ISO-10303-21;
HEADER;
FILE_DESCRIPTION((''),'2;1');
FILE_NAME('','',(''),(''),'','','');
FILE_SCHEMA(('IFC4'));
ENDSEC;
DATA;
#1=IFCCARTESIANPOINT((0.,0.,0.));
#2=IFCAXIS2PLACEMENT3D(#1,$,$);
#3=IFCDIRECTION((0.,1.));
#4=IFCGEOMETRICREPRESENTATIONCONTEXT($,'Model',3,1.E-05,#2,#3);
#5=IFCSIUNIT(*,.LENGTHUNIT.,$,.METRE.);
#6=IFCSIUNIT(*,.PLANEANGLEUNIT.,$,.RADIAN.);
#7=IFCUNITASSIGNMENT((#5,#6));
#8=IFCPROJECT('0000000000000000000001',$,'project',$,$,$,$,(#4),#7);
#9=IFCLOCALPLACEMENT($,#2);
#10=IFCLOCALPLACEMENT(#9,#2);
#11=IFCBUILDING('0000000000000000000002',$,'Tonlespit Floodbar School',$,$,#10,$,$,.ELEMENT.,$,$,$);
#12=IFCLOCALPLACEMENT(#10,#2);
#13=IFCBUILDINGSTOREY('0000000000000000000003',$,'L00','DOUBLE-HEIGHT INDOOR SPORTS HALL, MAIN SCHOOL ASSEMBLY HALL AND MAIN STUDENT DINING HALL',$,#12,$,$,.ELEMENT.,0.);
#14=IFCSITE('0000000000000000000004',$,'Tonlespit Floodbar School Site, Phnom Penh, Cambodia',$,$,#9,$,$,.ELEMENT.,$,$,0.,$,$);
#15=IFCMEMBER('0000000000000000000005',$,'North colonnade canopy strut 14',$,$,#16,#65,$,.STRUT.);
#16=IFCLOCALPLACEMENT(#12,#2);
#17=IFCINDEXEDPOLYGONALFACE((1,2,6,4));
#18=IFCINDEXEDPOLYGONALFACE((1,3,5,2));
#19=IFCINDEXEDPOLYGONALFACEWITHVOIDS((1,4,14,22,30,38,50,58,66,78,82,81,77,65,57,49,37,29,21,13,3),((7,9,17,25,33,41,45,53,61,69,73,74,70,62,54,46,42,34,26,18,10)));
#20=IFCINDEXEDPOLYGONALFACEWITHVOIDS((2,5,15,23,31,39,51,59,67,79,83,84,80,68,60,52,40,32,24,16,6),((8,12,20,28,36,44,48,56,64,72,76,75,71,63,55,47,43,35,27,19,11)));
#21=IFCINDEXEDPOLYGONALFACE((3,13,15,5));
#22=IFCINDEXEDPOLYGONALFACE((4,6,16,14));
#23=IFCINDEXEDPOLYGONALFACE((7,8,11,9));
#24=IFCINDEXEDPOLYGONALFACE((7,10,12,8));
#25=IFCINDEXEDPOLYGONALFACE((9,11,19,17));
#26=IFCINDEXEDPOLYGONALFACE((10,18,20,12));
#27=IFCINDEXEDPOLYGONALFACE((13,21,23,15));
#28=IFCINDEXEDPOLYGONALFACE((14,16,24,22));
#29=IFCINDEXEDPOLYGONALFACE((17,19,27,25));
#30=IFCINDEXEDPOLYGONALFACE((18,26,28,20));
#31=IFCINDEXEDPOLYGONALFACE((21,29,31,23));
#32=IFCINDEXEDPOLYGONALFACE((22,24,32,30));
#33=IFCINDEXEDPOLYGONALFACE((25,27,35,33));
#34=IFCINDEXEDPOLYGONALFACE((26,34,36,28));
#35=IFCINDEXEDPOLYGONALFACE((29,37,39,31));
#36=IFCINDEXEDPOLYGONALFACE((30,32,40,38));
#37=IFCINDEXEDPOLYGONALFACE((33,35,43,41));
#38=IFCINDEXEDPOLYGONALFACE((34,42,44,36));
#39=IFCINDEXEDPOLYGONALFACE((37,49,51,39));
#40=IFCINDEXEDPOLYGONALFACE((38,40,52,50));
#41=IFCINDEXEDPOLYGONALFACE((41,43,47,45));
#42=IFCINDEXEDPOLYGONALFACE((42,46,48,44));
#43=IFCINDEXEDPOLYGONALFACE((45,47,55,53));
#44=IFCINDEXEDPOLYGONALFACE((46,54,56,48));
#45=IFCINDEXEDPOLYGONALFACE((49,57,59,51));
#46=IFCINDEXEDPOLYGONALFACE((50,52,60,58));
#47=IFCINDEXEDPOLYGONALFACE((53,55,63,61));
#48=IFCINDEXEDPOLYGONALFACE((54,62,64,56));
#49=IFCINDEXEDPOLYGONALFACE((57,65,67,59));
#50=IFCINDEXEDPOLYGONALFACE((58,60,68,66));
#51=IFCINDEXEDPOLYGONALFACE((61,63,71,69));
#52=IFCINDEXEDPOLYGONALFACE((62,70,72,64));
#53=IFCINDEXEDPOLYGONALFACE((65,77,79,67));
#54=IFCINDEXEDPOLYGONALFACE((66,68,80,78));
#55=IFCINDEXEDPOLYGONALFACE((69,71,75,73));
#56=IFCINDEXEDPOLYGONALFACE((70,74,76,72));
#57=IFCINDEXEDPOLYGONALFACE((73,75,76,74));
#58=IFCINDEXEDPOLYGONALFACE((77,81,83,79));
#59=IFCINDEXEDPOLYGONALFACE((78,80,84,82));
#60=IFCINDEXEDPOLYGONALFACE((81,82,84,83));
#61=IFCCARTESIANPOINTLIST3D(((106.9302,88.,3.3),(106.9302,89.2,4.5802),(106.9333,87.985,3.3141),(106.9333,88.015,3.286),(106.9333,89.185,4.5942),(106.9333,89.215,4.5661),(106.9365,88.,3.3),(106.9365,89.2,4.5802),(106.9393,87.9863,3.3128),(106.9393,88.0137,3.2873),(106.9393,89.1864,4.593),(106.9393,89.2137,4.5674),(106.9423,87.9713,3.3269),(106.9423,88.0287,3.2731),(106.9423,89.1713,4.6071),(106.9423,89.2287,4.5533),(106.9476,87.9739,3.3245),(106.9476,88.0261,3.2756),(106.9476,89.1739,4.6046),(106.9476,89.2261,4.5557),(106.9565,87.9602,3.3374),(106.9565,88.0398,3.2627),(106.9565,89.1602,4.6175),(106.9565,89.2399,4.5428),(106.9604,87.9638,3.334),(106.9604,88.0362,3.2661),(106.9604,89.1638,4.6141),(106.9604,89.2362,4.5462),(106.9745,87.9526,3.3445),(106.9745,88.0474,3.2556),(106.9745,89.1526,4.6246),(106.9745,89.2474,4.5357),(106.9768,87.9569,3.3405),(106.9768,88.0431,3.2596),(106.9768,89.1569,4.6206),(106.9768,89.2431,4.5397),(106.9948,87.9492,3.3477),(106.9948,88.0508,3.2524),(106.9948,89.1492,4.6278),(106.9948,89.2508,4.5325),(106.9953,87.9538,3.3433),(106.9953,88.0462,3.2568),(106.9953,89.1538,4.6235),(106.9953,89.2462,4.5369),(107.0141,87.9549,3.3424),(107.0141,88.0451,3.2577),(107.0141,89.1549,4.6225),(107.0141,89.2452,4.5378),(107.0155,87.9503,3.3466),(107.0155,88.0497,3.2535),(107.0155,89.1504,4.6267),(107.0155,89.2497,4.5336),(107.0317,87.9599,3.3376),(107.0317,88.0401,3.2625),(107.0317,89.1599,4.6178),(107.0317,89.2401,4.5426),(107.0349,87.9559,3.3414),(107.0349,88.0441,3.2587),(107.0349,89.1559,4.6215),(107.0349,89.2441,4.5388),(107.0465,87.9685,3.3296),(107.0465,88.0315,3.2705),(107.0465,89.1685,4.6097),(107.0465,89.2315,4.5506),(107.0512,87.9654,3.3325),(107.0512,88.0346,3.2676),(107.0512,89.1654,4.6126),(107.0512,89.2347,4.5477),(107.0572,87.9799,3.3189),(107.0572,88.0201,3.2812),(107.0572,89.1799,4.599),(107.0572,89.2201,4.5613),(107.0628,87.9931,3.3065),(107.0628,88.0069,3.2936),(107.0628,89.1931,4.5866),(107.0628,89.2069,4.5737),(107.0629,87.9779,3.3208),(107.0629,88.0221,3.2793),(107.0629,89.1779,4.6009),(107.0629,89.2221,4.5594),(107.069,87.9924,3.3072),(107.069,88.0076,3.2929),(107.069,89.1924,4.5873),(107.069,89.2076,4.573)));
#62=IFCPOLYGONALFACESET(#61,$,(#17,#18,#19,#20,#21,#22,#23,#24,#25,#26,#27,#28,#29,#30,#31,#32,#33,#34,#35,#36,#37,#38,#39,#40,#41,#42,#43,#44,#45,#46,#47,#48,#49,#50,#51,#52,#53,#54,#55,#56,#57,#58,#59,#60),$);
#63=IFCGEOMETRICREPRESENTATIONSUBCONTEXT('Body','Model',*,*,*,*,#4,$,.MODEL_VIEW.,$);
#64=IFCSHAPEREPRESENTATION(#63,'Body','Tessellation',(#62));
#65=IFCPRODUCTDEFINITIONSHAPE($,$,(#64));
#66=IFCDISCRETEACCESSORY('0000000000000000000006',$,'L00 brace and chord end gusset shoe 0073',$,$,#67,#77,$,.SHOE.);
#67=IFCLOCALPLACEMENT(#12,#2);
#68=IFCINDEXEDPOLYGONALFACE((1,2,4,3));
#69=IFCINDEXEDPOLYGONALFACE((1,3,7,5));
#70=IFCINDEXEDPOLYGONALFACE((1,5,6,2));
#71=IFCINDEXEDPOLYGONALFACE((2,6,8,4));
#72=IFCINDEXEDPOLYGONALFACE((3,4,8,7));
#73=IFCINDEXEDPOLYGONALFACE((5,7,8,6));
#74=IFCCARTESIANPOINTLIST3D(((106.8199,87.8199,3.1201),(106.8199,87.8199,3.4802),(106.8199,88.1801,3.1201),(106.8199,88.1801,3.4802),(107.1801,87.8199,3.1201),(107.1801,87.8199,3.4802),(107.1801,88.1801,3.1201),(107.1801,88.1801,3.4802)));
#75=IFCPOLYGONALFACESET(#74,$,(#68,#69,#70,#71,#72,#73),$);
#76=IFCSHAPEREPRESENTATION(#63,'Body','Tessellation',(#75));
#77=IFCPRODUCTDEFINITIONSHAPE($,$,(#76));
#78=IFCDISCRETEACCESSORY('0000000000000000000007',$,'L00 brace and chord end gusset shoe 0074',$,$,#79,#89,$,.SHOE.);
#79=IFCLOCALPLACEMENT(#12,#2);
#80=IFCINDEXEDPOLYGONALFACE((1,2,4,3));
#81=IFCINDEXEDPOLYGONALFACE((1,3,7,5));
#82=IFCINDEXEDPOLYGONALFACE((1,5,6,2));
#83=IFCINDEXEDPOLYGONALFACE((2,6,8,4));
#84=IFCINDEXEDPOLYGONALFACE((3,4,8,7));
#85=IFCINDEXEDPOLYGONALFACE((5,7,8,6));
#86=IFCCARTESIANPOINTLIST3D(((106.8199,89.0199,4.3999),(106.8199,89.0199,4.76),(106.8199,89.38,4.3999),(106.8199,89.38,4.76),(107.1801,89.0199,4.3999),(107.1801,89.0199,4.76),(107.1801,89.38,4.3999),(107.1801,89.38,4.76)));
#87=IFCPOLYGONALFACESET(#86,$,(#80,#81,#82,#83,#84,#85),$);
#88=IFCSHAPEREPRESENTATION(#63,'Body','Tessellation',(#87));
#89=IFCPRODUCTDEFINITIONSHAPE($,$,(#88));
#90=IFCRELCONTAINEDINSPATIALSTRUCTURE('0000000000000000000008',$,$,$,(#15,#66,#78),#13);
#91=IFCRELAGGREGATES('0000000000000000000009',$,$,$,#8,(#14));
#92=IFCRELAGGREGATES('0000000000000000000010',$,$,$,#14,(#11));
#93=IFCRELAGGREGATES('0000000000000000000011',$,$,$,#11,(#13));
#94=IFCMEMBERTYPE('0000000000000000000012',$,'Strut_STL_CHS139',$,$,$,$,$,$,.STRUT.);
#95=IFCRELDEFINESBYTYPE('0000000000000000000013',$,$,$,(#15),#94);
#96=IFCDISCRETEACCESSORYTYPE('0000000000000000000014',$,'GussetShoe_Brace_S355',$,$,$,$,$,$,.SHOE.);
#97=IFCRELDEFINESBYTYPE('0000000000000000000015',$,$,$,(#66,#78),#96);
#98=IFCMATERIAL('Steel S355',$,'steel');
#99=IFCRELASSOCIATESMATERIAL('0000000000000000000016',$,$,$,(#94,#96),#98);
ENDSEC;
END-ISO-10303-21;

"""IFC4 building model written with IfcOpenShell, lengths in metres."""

from ifc_helpers import new_model, si_unit, direction, frame, origin, origin_2d, place, context, subcontext, project, spatial, rectangle, hollow_circle, extrude, material, material_profile, profile_set, type_object, element, save


model = new_model("IFC4")

# Units and contexts
model_context = context("Model", 3, precision=1e-05, world=origin(), true_north=direction((0.0, 1.0)))
body_context = subcontext(model_context, "Body", "Model", "MODEL_VIEW")
ifc_project = project(units=[si_unit("LENGTHUNIT", "METRE"), si_unit("PLANEANGLEUNIT", "RADIAN")], contexts=[model_context])

# Site, building, storey
site_placement = place(None, origin())
site = spatial("IfcSite", under=ifc_project, at=site_placement, Name="Tonlespit Floodbar School Site, Phnom Penh, Cambodia", CompositionType="ELEMENT", RefElevation=0.0)
building_placement = place(site_placement, origin())
building = spatial("IfcBuilding", under=site, at=building_placement, Name="Tonlespit Floodbar School", CompositionType="ELEMENT")
storey_placement = place(building_placement, origin())
storey = spatial("IfcBuildingStorey", under=building, at=storey_placement, Name="L00", Description="DOUBLE-HEIGHT INDOOR SPORTS HALL, MAIN SCHOOL ASSEMBLY HALL AND MAIN STUDENT DINING HALL", CompositionType="ELEMENT", Elevation=0.0)

# Member
ifc_material_1 = material(Name="Steel S355", Category="steel")
ifc_material_profile_1 = material_profile(ifc_material_1, hollow_circle(Radius=0.0698, WallThickness=0.0063, at=origin_2d()), Name="CHS 139.7x6.3")
ifc_profile_set_1 = profile_set([ifc_material_profile_1], Name="Steel S355")
member_type = type_object("IfcMemberType", Name="Strut_STL_CHS139", PredefinedType="STRUT", material=ifc_profile_set_1)
member_placement = place(storey_placement, frame((107.0, 88.0, 3.3), z_axis=(0.0, 0.683918, 0.729559), x_axis=(-1.0, 0.0, 0.0)))
element("IfcMember", 1, at=member_placement, inside=storey, type_object=member_type, Name="North colonnade canopy strut 14", PredefinedType="STRUT", context=body_context, shape_type="SweptSolid", body=[
    extrude(hollow_circle(Radius=0.0698, WallThickness=0.0063, at=origin_2d()), origin(), (0.0, 0.0, 1.0), 1.7546),
])

# Discrete accessories
discrete_accessory_type = type_object("IfcDiscreteAccessoryType", Name="GussetShoe_Brace_S355", PredefinedType="SHOE", material=ifc_material_1)
for number, where, z_axis, x_axis, name in (
    (2, (107.0, 88.0, 3.1201), (0.0, 0.0, 1.0), (1.0, 0.0, 0.0), "L00 brace and chord end gusset shoe 0073"),
    (3, (107.0, 89.2, 4.3999), (0.0, 0.0, 1.0), (1.0, 0.0, 0.0), "L00 brace and chord end gusset shoe 0074"),
):
    element("IfcDiscreteAccessory", number, at=place(storey_placement, frame(where, z_axis=z_axis, x_axis=x_axis)), inside=storey, type_object=discrete_accessory_type, Name=name, PredefinedType="SHOE", context=body_context, shape_type="SweptSolid", body=[
        extrude(rectangle(XDim=0.3601, YDim=0.3601, at=origin_2d()), origin(), (0.0, 0.0, 1.0), 0.3601),
    ])

save(model, "model.ifc")
